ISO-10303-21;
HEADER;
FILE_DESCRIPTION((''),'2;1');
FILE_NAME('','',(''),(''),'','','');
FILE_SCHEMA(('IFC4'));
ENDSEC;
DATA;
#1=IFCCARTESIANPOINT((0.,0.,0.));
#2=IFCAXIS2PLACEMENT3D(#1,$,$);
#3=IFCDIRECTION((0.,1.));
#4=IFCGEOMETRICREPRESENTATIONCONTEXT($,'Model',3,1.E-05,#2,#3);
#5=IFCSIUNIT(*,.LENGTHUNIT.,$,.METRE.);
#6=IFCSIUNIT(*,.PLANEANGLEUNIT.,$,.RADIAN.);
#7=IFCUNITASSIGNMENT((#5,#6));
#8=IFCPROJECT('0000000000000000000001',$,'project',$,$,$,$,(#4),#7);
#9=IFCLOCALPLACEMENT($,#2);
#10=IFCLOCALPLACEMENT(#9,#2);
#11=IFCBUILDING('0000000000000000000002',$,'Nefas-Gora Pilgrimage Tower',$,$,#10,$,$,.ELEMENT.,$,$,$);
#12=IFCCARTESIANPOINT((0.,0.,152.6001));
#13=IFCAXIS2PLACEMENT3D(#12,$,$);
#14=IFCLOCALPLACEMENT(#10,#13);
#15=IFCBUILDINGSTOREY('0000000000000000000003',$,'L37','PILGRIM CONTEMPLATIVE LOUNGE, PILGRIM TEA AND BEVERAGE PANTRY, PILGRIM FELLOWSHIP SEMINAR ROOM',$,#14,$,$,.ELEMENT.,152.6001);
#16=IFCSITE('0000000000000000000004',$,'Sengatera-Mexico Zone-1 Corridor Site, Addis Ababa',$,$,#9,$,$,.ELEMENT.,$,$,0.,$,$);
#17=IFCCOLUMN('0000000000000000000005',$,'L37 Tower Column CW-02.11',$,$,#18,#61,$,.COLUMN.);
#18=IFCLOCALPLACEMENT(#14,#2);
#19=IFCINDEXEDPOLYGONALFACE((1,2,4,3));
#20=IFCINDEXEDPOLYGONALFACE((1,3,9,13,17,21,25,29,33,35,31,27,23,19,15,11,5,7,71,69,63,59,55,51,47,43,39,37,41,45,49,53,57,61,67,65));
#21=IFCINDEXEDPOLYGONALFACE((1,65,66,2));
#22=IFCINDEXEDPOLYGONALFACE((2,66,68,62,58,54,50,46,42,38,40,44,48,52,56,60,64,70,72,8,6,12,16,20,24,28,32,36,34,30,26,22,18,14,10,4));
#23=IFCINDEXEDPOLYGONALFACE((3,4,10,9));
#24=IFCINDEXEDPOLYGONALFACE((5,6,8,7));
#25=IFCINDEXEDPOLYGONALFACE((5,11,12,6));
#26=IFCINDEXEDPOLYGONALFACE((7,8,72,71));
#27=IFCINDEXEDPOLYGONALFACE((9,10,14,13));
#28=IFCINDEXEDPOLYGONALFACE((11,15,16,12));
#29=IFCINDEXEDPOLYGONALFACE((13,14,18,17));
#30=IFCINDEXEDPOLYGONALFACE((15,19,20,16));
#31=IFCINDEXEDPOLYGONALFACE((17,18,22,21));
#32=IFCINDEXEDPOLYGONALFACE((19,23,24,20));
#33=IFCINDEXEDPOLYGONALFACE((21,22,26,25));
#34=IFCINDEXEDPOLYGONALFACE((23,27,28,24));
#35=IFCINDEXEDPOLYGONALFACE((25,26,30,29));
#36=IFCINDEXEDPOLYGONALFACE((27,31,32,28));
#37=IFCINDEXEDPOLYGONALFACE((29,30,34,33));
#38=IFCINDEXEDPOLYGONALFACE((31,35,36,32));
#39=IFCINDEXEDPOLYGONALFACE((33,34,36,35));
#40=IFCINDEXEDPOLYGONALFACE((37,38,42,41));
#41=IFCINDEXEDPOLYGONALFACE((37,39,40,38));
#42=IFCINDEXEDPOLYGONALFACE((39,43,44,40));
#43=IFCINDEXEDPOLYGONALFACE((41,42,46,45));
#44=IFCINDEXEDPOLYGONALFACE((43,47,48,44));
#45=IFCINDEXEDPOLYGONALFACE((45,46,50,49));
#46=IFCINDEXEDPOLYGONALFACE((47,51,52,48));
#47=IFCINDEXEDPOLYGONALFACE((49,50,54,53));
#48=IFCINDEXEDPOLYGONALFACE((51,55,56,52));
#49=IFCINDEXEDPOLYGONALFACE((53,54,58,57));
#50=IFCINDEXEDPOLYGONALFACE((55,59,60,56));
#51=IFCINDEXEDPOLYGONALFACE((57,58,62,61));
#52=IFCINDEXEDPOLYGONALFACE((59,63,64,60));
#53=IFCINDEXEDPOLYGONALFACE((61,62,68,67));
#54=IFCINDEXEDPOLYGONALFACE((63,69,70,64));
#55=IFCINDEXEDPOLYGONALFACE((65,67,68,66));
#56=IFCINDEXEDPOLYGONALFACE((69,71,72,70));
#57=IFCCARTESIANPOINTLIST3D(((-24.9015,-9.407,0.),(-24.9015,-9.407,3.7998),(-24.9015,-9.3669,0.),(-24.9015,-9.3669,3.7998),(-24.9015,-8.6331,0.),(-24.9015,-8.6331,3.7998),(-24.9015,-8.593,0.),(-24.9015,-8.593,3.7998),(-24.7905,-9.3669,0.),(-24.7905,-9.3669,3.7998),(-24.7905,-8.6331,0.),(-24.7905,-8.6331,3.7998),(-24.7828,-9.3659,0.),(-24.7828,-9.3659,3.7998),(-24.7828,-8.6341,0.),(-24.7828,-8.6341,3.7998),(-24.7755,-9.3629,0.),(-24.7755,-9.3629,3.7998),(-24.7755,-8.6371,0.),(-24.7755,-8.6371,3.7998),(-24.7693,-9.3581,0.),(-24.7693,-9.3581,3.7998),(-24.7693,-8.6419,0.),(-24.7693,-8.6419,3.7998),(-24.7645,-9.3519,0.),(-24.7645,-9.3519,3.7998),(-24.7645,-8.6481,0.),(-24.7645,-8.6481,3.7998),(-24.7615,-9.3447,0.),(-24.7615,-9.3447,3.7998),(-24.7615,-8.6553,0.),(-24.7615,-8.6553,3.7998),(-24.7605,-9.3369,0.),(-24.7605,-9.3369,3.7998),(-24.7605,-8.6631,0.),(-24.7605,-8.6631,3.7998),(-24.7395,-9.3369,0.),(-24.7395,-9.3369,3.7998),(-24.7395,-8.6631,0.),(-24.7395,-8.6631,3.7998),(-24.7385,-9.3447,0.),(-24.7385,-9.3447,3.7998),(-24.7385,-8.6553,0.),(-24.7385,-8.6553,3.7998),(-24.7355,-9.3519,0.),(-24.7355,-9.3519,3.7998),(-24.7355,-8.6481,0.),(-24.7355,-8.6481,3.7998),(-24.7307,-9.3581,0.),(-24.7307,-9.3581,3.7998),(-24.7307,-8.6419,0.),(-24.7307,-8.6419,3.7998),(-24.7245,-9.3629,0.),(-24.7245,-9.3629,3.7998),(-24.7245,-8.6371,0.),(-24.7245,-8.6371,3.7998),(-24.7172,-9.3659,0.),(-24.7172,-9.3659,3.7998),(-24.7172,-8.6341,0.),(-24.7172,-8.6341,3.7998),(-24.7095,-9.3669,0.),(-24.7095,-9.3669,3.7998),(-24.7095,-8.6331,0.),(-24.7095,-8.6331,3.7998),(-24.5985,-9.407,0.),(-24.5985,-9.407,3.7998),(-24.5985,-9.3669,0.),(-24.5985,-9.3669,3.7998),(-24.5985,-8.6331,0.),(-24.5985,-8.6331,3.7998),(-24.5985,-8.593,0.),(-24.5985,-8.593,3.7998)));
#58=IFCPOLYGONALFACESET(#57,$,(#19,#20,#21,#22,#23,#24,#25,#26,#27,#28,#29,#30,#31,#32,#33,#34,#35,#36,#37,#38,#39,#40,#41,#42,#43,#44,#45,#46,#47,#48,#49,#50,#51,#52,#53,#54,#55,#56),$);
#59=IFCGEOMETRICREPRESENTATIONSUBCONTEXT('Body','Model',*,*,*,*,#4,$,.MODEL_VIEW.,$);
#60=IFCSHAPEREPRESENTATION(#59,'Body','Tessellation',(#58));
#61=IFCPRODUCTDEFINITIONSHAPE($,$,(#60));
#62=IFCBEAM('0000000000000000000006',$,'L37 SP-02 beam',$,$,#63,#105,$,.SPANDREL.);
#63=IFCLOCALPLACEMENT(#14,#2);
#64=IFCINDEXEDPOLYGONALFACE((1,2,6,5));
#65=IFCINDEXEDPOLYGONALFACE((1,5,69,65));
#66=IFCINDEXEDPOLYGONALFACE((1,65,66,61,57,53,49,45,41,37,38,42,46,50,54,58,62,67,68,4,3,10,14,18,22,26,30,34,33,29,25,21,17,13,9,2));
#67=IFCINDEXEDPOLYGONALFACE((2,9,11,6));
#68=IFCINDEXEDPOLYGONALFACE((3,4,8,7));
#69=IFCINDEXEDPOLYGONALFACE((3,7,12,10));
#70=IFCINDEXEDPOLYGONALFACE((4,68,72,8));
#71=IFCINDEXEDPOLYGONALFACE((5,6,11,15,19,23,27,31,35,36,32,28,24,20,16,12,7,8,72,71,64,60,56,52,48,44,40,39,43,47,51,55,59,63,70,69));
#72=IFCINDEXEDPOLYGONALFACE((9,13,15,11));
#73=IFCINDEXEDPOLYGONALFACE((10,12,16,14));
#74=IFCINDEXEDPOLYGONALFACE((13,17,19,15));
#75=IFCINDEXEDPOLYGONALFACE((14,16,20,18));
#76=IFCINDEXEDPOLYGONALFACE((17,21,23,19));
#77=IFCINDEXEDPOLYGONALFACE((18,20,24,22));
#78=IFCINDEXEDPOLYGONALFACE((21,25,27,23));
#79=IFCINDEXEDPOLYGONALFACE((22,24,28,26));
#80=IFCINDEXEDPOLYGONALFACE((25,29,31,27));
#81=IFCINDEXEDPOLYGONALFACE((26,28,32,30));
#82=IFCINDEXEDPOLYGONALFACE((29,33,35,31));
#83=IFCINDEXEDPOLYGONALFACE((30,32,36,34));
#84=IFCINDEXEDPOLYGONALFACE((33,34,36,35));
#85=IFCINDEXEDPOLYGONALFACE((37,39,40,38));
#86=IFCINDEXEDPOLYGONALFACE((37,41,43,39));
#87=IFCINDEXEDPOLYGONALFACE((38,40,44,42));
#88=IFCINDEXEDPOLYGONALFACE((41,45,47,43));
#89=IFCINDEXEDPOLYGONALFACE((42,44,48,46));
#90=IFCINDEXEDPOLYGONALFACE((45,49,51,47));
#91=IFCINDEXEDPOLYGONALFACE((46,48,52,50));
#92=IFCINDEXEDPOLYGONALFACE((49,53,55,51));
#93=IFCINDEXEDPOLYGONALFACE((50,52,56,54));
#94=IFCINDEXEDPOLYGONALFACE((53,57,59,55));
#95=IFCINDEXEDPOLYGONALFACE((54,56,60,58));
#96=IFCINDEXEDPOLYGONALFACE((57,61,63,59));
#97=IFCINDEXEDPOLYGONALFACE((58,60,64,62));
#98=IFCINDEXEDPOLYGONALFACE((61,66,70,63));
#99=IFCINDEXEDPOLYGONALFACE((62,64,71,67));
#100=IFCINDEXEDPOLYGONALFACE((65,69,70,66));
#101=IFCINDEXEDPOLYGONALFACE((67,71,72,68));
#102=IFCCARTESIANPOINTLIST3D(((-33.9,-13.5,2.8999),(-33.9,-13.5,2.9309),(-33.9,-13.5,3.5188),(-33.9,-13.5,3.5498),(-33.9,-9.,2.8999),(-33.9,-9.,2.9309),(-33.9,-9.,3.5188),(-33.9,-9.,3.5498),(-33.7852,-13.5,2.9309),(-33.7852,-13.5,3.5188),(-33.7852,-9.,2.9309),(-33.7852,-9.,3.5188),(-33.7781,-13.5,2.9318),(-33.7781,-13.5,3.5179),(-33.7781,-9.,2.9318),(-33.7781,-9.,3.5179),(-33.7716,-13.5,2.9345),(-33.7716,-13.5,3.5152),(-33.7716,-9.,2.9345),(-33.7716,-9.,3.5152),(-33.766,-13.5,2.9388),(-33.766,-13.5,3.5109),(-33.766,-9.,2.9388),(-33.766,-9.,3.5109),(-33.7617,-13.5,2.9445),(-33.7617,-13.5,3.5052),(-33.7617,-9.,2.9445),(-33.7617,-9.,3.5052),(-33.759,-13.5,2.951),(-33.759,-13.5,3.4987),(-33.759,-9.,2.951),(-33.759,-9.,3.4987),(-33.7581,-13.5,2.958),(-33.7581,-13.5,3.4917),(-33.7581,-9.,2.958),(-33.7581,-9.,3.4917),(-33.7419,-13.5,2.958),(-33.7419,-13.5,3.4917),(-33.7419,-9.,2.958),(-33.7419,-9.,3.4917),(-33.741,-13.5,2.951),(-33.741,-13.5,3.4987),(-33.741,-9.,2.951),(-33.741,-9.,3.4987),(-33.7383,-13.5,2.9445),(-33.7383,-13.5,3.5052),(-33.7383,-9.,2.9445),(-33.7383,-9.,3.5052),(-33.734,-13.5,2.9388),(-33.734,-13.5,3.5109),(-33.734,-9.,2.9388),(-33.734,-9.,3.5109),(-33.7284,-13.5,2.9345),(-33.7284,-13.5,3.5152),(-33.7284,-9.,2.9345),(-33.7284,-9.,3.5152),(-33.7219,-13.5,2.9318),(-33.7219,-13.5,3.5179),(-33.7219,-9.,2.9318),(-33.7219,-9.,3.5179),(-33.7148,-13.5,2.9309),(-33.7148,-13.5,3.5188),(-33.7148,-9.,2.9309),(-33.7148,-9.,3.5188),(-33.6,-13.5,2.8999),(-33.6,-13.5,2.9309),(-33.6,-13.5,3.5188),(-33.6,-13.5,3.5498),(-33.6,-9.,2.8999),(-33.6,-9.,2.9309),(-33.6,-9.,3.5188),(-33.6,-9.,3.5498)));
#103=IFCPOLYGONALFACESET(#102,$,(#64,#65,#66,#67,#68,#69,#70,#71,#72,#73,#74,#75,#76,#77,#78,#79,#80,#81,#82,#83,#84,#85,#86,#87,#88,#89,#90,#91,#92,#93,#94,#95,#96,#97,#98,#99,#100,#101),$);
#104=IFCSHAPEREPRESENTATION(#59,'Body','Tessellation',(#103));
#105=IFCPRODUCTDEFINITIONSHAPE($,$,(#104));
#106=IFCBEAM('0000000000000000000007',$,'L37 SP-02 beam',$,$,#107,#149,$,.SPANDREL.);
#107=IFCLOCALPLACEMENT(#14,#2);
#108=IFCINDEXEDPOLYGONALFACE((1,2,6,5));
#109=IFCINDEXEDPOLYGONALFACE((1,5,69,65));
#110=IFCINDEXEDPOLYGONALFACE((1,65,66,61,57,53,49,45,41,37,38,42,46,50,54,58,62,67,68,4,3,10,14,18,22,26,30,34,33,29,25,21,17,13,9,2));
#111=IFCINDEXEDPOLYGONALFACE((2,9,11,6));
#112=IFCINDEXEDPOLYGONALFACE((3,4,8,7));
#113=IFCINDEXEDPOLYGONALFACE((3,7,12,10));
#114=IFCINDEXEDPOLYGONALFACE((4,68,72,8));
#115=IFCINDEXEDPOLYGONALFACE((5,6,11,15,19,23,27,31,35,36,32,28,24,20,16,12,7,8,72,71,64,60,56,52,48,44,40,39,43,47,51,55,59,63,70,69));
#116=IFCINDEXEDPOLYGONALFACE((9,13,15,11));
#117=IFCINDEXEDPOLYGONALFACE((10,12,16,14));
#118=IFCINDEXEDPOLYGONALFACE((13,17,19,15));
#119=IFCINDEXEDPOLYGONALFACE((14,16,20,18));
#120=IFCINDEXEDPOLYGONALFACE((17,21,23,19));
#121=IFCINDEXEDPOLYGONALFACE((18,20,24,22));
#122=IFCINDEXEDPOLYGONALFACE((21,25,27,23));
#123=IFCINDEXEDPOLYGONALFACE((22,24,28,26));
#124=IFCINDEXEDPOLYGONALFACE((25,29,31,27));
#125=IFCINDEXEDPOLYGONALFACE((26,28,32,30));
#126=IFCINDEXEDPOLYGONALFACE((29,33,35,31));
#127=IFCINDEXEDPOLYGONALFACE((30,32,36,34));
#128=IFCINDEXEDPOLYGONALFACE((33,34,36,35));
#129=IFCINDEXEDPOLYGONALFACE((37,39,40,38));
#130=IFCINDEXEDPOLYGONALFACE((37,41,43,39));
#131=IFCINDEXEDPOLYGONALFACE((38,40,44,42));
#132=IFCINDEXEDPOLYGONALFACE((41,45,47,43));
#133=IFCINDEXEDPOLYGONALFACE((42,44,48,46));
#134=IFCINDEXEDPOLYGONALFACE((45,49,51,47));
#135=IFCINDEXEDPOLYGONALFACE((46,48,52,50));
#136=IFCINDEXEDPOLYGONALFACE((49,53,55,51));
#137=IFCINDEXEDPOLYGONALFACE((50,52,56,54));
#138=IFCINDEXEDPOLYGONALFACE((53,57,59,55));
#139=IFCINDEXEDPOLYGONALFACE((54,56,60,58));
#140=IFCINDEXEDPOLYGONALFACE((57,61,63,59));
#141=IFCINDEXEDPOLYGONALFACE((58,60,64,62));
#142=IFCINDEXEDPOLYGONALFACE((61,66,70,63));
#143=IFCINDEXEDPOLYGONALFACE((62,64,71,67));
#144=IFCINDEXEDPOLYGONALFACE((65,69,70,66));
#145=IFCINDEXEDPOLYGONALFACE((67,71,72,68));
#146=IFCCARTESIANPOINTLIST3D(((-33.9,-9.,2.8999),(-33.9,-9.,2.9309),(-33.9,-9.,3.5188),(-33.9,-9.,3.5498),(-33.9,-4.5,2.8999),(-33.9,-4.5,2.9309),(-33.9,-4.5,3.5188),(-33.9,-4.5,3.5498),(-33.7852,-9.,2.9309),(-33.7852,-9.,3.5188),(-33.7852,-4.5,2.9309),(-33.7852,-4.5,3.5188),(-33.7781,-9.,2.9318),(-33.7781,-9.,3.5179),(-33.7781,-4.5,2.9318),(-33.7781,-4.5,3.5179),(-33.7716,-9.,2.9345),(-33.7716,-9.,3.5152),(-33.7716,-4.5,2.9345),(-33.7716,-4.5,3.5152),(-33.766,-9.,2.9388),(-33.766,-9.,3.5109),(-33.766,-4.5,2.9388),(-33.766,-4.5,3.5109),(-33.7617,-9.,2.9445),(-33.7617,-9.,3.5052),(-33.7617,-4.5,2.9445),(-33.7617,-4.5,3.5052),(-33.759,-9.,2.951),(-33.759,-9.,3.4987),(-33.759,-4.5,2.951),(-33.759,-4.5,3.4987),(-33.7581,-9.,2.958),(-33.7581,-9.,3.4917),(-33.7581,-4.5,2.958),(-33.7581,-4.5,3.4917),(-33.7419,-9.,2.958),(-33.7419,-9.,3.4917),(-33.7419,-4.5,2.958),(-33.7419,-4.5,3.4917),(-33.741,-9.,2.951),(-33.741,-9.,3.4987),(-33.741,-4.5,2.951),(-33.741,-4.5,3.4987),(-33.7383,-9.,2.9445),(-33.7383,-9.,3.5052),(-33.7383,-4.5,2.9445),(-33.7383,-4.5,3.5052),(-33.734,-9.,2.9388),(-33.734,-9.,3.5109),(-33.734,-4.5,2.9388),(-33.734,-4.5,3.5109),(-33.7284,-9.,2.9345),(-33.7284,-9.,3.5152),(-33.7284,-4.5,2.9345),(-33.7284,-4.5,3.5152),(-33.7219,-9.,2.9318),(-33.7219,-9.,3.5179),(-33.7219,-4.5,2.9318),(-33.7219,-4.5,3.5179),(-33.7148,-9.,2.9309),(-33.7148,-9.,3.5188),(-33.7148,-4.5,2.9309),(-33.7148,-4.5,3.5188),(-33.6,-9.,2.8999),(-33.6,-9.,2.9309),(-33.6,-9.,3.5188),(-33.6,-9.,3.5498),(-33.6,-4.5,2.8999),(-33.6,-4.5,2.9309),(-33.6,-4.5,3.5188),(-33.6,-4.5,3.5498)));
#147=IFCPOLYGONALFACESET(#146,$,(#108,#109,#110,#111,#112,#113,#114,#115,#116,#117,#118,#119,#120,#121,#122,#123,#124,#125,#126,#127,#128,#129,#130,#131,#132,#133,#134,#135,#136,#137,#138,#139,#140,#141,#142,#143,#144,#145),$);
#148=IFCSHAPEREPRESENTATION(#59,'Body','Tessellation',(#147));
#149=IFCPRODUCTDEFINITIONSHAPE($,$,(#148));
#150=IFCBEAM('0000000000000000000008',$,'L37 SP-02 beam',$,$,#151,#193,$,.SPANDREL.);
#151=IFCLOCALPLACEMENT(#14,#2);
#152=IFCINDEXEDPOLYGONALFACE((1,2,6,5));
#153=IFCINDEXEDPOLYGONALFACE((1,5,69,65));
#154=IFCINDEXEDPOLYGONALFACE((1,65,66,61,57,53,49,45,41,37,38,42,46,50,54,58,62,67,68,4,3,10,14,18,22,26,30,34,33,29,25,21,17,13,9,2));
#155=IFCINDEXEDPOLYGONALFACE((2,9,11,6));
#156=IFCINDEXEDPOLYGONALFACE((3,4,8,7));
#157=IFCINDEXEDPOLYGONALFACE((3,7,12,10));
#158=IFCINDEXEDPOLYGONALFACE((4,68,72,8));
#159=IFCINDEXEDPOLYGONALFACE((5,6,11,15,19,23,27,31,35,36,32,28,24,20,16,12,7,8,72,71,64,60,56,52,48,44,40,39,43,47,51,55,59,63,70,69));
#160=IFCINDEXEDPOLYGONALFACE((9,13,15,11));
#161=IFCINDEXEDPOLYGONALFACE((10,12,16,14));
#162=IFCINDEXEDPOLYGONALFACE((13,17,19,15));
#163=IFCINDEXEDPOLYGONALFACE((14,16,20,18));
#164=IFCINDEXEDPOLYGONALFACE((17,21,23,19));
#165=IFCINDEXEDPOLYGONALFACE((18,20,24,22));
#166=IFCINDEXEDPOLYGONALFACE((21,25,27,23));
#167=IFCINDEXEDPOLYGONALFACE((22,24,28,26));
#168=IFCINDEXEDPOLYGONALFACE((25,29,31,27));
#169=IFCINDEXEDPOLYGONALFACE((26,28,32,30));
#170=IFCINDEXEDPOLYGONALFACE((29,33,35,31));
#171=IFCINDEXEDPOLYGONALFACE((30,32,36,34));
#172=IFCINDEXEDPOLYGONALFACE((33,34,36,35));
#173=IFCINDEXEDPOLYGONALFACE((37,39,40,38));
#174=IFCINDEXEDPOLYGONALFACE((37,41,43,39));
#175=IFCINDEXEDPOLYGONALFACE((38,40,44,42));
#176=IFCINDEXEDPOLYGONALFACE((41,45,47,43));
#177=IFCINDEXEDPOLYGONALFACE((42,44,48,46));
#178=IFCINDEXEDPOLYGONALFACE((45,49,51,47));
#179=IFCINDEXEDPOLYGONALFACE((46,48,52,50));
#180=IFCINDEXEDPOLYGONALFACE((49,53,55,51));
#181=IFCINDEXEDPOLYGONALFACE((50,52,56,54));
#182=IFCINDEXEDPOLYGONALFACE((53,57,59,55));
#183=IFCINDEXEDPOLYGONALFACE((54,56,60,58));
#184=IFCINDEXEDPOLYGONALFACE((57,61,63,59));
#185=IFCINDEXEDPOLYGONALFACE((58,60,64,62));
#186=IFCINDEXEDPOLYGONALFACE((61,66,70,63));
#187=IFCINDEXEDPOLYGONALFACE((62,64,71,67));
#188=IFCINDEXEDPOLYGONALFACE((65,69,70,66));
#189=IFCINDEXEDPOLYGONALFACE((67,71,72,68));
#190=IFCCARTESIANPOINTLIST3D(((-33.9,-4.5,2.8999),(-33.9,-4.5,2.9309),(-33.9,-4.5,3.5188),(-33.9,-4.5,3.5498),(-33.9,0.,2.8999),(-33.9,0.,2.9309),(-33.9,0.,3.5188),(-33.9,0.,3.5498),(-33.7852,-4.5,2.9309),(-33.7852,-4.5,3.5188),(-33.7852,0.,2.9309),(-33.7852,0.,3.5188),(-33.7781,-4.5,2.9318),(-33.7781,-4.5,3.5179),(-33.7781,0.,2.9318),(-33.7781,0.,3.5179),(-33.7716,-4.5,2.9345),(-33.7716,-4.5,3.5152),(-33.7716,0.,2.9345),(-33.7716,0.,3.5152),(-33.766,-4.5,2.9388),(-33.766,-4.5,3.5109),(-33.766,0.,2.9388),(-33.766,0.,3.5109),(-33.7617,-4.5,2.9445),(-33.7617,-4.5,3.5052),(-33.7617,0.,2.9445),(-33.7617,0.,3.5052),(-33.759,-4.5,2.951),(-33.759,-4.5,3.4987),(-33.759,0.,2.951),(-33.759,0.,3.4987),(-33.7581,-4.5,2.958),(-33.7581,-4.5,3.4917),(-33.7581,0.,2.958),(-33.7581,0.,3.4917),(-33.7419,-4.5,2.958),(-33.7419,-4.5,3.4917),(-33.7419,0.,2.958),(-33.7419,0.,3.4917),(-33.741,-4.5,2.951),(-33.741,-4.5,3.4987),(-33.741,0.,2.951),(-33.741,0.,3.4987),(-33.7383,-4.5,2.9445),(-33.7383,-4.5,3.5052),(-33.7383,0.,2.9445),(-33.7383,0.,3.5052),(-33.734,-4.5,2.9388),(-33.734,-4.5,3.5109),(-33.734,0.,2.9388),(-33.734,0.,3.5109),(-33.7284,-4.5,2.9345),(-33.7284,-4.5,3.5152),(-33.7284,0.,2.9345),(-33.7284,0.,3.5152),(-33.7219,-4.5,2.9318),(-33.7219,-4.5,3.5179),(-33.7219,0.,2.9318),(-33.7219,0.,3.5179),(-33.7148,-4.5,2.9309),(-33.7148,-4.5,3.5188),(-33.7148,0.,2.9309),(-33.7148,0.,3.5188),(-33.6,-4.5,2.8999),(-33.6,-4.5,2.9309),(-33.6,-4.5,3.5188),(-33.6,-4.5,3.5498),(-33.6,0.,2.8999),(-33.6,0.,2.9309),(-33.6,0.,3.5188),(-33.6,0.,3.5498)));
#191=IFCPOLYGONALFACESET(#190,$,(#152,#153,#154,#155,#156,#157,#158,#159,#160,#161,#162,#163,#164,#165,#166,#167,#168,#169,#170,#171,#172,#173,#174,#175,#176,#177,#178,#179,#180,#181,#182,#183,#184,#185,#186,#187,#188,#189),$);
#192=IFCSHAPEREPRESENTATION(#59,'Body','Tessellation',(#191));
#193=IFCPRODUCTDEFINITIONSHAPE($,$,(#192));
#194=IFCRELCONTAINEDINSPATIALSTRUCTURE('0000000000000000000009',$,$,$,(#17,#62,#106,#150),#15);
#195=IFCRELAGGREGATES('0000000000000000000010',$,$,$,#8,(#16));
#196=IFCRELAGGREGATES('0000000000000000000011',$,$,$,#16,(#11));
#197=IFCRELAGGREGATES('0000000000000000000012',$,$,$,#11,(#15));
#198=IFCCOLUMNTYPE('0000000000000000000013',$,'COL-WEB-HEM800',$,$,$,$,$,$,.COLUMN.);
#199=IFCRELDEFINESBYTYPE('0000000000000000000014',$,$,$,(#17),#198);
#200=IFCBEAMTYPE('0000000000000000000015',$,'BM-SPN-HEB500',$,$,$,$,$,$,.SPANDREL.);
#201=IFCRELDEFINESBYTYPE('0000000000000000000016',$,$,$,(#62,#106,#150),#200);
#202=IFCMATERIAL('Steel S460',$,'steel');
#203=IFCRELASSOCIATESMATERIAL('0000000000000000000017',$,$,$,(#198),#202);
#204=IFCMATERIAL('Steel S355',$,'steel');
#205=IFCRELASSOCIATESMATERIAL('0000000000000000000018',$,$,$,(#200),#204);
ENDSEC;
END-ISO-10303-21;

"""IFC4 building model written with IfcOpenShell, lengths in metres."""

from ifc_helpers import new_model, si_unit, direction, frame, origin, origin_2d, place, context, subcontext, project, spatial, i_section, extrude, source, transform, mapped, material, material_profile, profile_set, type_object, element, save


model = new_model("IFC4")

# Units and contexts
model_context = context("Model", 3, precision=1e-05, world=origin(), true_north=direction((0.0, 1.0)))
body_context = subcontext(model_context, "Body", "Model", "MODEL_VIEW")
ifc_project = project(units=[si_unit("LENGTHUNIT", "METRE"), si_unit("PLANEANGLEUNIT", "RADIAN")], contexts=[model_context])

# Site, building, storey
site_placement = place(None, origin())
site = spatial("IfcSite", under=ifc_project, at=site_placement, Name="Sengatera-Mexico Zone-1 Corridor Site, Addis Ababa", CompositionType="ELEMENT", RefElevation=0.0)
building_placement = place(site_placement, origin())
building = spatial("IfcBuilding", under=site, at=building_placement, Name="Nefas-Gora Pilgrimage Tower", CompositionType="ELEMENT")
storey_placement = place(building_placement, frame((0.0, 0.0, 152.6001)))
storey = spatial("IfcBuildingStorey", under=building, at=storey_placement, Name="L37", Description="PILGRIM CONTEMPLATIVE LOUNGE, PILGRIM TEA AND BEVERAGE PANTRY, PILGRIM FELLOWSHIP SEMINAR ROOM", CompositionType="ELEMENT", Elevation=152.6001)

# Column
ifc_material_1 = material(Name="Steel S460", Category="steel")
ifc_material_profile_1 = material_profile(ifc_material_1, i_section(OverallWidth=0.303, OverallDepth=0.814, WebThickness=0.021, FlangeThickness=0.04, FilletRadius=0.03, at=origin_2d()), Name="HEM 800")
ifc_profile_set_1 = profile_set([ifc_material_profile_1], Name="Steel S460")
column_type_1 = type_object("IfcColumnType", Name="COL-WEB-HEM800", PredefinedType="COLUMN", material=ifc_profile_set_1)
shared_shape_1 = source(origin(), body_context, "Body", "SweptSolid", [
    extrude(i_section(OverallWidth=0.303, OverallDepth=0.814, WebThickness=0.021, FlangeThickness=0.04, FilletRadius=0.03, at=origin_2d()), origin(), (0.0, 0.0, 1.0), 3.7998),
])
for number, where, z_axis, x_axis, name in (
    (1, (-24.75, -9.0, 0.0), (0.0, 0.0, 1.0), (1.0, 0.0, 0.0), "L37 Tower Column CW-02.11"),
):
    element("IfcColumn", number, at=place(storey_placement, frame(where, z_axis=z_axis, x_axis=x_axis)), inside=storey, type_object=column_type_1, Name=name, PredefinedType="COLUMN", context=body_context, shape_type="MappedRepresentation", body=[
        mapped(shared_shape_1, transform((0.0, 0.0, 0.0), x_axis=(1.0, 0.0, 0.0), y_axis=(0.0, 1.0, 0.0), z_axis=(0.0, 0.0, 1.0), scale=1.0)),
    ])

# Beams
ifc_material_2 = material(Name="Steel S355", Category="steel")
ifc_material_profile_2 = material_profile(ifc_material_2, i_section(OverallWidth=0.3, OverallDepth=0.6499, WebThickness=0.0161, FlangeThickness=0.031, FilletRadius=0.0271, at=origin_2d()), Name="HEB 650")
ifc_profile_set_2 = profile_set([ifc_material_profile_2], Name="Steel S355")
beam_type_1 = type_object("IfcBeamType", Name="BM-SPN-HEB500", PredefinedType="SPANDREL", material=ifc_profile_set_2)
shared_shape_2 = source(origin(), body_context, "Body", "SweptSolid", [
    extrude(i_section(OverallWidth=0.3, OverallDepth=0.6499, WebThickness=0.0161, FlangeThickness=0.031, FilletRadius=0.0271, at=origin_2d()), origin(), (0.0, 0.0, 1.0), 4.5),
])
for number, where, z_axis, x_axis, name in (
    (2, (-33.75, -13.5, 3.2249), (0.0, 1.0, 0.0), (-1.0, 0.0, 0.0), "L37 SP-02 beam"),
    (3, (-33.75, -9.0, 3.2249), (0.0, 1.0, 0.0), (-1.0, 0.0, 0.0), "L37 SP-02 beam"),
    (4, (-33.75, -4.5, 3.2249), (0.0, 1.0, 0.0), (-1.0, 0.0, 0.0), "L37 SP-02 beam"),
):
    element("IfcBeam", number, at=place(storey_placement, frame(where, z_axis=z_axis, x_axis=x_axis)), inside=storey, type_object=beam_type_1, Name=name, PredefinedType="SPANDREL", context=body_context, shape_type="MappedRepresentation", body=[
        mapped(shared_shape_2, transform((0.0, 0.0, 0.0), x_axis=(1.0, 0.0, 0.0), y_axis=(0.0, 1.0, 0.0), z_axis=(0.0, 0.0, 1.0), scale=1.0)),
    ])

save(model, "model.ifc")
